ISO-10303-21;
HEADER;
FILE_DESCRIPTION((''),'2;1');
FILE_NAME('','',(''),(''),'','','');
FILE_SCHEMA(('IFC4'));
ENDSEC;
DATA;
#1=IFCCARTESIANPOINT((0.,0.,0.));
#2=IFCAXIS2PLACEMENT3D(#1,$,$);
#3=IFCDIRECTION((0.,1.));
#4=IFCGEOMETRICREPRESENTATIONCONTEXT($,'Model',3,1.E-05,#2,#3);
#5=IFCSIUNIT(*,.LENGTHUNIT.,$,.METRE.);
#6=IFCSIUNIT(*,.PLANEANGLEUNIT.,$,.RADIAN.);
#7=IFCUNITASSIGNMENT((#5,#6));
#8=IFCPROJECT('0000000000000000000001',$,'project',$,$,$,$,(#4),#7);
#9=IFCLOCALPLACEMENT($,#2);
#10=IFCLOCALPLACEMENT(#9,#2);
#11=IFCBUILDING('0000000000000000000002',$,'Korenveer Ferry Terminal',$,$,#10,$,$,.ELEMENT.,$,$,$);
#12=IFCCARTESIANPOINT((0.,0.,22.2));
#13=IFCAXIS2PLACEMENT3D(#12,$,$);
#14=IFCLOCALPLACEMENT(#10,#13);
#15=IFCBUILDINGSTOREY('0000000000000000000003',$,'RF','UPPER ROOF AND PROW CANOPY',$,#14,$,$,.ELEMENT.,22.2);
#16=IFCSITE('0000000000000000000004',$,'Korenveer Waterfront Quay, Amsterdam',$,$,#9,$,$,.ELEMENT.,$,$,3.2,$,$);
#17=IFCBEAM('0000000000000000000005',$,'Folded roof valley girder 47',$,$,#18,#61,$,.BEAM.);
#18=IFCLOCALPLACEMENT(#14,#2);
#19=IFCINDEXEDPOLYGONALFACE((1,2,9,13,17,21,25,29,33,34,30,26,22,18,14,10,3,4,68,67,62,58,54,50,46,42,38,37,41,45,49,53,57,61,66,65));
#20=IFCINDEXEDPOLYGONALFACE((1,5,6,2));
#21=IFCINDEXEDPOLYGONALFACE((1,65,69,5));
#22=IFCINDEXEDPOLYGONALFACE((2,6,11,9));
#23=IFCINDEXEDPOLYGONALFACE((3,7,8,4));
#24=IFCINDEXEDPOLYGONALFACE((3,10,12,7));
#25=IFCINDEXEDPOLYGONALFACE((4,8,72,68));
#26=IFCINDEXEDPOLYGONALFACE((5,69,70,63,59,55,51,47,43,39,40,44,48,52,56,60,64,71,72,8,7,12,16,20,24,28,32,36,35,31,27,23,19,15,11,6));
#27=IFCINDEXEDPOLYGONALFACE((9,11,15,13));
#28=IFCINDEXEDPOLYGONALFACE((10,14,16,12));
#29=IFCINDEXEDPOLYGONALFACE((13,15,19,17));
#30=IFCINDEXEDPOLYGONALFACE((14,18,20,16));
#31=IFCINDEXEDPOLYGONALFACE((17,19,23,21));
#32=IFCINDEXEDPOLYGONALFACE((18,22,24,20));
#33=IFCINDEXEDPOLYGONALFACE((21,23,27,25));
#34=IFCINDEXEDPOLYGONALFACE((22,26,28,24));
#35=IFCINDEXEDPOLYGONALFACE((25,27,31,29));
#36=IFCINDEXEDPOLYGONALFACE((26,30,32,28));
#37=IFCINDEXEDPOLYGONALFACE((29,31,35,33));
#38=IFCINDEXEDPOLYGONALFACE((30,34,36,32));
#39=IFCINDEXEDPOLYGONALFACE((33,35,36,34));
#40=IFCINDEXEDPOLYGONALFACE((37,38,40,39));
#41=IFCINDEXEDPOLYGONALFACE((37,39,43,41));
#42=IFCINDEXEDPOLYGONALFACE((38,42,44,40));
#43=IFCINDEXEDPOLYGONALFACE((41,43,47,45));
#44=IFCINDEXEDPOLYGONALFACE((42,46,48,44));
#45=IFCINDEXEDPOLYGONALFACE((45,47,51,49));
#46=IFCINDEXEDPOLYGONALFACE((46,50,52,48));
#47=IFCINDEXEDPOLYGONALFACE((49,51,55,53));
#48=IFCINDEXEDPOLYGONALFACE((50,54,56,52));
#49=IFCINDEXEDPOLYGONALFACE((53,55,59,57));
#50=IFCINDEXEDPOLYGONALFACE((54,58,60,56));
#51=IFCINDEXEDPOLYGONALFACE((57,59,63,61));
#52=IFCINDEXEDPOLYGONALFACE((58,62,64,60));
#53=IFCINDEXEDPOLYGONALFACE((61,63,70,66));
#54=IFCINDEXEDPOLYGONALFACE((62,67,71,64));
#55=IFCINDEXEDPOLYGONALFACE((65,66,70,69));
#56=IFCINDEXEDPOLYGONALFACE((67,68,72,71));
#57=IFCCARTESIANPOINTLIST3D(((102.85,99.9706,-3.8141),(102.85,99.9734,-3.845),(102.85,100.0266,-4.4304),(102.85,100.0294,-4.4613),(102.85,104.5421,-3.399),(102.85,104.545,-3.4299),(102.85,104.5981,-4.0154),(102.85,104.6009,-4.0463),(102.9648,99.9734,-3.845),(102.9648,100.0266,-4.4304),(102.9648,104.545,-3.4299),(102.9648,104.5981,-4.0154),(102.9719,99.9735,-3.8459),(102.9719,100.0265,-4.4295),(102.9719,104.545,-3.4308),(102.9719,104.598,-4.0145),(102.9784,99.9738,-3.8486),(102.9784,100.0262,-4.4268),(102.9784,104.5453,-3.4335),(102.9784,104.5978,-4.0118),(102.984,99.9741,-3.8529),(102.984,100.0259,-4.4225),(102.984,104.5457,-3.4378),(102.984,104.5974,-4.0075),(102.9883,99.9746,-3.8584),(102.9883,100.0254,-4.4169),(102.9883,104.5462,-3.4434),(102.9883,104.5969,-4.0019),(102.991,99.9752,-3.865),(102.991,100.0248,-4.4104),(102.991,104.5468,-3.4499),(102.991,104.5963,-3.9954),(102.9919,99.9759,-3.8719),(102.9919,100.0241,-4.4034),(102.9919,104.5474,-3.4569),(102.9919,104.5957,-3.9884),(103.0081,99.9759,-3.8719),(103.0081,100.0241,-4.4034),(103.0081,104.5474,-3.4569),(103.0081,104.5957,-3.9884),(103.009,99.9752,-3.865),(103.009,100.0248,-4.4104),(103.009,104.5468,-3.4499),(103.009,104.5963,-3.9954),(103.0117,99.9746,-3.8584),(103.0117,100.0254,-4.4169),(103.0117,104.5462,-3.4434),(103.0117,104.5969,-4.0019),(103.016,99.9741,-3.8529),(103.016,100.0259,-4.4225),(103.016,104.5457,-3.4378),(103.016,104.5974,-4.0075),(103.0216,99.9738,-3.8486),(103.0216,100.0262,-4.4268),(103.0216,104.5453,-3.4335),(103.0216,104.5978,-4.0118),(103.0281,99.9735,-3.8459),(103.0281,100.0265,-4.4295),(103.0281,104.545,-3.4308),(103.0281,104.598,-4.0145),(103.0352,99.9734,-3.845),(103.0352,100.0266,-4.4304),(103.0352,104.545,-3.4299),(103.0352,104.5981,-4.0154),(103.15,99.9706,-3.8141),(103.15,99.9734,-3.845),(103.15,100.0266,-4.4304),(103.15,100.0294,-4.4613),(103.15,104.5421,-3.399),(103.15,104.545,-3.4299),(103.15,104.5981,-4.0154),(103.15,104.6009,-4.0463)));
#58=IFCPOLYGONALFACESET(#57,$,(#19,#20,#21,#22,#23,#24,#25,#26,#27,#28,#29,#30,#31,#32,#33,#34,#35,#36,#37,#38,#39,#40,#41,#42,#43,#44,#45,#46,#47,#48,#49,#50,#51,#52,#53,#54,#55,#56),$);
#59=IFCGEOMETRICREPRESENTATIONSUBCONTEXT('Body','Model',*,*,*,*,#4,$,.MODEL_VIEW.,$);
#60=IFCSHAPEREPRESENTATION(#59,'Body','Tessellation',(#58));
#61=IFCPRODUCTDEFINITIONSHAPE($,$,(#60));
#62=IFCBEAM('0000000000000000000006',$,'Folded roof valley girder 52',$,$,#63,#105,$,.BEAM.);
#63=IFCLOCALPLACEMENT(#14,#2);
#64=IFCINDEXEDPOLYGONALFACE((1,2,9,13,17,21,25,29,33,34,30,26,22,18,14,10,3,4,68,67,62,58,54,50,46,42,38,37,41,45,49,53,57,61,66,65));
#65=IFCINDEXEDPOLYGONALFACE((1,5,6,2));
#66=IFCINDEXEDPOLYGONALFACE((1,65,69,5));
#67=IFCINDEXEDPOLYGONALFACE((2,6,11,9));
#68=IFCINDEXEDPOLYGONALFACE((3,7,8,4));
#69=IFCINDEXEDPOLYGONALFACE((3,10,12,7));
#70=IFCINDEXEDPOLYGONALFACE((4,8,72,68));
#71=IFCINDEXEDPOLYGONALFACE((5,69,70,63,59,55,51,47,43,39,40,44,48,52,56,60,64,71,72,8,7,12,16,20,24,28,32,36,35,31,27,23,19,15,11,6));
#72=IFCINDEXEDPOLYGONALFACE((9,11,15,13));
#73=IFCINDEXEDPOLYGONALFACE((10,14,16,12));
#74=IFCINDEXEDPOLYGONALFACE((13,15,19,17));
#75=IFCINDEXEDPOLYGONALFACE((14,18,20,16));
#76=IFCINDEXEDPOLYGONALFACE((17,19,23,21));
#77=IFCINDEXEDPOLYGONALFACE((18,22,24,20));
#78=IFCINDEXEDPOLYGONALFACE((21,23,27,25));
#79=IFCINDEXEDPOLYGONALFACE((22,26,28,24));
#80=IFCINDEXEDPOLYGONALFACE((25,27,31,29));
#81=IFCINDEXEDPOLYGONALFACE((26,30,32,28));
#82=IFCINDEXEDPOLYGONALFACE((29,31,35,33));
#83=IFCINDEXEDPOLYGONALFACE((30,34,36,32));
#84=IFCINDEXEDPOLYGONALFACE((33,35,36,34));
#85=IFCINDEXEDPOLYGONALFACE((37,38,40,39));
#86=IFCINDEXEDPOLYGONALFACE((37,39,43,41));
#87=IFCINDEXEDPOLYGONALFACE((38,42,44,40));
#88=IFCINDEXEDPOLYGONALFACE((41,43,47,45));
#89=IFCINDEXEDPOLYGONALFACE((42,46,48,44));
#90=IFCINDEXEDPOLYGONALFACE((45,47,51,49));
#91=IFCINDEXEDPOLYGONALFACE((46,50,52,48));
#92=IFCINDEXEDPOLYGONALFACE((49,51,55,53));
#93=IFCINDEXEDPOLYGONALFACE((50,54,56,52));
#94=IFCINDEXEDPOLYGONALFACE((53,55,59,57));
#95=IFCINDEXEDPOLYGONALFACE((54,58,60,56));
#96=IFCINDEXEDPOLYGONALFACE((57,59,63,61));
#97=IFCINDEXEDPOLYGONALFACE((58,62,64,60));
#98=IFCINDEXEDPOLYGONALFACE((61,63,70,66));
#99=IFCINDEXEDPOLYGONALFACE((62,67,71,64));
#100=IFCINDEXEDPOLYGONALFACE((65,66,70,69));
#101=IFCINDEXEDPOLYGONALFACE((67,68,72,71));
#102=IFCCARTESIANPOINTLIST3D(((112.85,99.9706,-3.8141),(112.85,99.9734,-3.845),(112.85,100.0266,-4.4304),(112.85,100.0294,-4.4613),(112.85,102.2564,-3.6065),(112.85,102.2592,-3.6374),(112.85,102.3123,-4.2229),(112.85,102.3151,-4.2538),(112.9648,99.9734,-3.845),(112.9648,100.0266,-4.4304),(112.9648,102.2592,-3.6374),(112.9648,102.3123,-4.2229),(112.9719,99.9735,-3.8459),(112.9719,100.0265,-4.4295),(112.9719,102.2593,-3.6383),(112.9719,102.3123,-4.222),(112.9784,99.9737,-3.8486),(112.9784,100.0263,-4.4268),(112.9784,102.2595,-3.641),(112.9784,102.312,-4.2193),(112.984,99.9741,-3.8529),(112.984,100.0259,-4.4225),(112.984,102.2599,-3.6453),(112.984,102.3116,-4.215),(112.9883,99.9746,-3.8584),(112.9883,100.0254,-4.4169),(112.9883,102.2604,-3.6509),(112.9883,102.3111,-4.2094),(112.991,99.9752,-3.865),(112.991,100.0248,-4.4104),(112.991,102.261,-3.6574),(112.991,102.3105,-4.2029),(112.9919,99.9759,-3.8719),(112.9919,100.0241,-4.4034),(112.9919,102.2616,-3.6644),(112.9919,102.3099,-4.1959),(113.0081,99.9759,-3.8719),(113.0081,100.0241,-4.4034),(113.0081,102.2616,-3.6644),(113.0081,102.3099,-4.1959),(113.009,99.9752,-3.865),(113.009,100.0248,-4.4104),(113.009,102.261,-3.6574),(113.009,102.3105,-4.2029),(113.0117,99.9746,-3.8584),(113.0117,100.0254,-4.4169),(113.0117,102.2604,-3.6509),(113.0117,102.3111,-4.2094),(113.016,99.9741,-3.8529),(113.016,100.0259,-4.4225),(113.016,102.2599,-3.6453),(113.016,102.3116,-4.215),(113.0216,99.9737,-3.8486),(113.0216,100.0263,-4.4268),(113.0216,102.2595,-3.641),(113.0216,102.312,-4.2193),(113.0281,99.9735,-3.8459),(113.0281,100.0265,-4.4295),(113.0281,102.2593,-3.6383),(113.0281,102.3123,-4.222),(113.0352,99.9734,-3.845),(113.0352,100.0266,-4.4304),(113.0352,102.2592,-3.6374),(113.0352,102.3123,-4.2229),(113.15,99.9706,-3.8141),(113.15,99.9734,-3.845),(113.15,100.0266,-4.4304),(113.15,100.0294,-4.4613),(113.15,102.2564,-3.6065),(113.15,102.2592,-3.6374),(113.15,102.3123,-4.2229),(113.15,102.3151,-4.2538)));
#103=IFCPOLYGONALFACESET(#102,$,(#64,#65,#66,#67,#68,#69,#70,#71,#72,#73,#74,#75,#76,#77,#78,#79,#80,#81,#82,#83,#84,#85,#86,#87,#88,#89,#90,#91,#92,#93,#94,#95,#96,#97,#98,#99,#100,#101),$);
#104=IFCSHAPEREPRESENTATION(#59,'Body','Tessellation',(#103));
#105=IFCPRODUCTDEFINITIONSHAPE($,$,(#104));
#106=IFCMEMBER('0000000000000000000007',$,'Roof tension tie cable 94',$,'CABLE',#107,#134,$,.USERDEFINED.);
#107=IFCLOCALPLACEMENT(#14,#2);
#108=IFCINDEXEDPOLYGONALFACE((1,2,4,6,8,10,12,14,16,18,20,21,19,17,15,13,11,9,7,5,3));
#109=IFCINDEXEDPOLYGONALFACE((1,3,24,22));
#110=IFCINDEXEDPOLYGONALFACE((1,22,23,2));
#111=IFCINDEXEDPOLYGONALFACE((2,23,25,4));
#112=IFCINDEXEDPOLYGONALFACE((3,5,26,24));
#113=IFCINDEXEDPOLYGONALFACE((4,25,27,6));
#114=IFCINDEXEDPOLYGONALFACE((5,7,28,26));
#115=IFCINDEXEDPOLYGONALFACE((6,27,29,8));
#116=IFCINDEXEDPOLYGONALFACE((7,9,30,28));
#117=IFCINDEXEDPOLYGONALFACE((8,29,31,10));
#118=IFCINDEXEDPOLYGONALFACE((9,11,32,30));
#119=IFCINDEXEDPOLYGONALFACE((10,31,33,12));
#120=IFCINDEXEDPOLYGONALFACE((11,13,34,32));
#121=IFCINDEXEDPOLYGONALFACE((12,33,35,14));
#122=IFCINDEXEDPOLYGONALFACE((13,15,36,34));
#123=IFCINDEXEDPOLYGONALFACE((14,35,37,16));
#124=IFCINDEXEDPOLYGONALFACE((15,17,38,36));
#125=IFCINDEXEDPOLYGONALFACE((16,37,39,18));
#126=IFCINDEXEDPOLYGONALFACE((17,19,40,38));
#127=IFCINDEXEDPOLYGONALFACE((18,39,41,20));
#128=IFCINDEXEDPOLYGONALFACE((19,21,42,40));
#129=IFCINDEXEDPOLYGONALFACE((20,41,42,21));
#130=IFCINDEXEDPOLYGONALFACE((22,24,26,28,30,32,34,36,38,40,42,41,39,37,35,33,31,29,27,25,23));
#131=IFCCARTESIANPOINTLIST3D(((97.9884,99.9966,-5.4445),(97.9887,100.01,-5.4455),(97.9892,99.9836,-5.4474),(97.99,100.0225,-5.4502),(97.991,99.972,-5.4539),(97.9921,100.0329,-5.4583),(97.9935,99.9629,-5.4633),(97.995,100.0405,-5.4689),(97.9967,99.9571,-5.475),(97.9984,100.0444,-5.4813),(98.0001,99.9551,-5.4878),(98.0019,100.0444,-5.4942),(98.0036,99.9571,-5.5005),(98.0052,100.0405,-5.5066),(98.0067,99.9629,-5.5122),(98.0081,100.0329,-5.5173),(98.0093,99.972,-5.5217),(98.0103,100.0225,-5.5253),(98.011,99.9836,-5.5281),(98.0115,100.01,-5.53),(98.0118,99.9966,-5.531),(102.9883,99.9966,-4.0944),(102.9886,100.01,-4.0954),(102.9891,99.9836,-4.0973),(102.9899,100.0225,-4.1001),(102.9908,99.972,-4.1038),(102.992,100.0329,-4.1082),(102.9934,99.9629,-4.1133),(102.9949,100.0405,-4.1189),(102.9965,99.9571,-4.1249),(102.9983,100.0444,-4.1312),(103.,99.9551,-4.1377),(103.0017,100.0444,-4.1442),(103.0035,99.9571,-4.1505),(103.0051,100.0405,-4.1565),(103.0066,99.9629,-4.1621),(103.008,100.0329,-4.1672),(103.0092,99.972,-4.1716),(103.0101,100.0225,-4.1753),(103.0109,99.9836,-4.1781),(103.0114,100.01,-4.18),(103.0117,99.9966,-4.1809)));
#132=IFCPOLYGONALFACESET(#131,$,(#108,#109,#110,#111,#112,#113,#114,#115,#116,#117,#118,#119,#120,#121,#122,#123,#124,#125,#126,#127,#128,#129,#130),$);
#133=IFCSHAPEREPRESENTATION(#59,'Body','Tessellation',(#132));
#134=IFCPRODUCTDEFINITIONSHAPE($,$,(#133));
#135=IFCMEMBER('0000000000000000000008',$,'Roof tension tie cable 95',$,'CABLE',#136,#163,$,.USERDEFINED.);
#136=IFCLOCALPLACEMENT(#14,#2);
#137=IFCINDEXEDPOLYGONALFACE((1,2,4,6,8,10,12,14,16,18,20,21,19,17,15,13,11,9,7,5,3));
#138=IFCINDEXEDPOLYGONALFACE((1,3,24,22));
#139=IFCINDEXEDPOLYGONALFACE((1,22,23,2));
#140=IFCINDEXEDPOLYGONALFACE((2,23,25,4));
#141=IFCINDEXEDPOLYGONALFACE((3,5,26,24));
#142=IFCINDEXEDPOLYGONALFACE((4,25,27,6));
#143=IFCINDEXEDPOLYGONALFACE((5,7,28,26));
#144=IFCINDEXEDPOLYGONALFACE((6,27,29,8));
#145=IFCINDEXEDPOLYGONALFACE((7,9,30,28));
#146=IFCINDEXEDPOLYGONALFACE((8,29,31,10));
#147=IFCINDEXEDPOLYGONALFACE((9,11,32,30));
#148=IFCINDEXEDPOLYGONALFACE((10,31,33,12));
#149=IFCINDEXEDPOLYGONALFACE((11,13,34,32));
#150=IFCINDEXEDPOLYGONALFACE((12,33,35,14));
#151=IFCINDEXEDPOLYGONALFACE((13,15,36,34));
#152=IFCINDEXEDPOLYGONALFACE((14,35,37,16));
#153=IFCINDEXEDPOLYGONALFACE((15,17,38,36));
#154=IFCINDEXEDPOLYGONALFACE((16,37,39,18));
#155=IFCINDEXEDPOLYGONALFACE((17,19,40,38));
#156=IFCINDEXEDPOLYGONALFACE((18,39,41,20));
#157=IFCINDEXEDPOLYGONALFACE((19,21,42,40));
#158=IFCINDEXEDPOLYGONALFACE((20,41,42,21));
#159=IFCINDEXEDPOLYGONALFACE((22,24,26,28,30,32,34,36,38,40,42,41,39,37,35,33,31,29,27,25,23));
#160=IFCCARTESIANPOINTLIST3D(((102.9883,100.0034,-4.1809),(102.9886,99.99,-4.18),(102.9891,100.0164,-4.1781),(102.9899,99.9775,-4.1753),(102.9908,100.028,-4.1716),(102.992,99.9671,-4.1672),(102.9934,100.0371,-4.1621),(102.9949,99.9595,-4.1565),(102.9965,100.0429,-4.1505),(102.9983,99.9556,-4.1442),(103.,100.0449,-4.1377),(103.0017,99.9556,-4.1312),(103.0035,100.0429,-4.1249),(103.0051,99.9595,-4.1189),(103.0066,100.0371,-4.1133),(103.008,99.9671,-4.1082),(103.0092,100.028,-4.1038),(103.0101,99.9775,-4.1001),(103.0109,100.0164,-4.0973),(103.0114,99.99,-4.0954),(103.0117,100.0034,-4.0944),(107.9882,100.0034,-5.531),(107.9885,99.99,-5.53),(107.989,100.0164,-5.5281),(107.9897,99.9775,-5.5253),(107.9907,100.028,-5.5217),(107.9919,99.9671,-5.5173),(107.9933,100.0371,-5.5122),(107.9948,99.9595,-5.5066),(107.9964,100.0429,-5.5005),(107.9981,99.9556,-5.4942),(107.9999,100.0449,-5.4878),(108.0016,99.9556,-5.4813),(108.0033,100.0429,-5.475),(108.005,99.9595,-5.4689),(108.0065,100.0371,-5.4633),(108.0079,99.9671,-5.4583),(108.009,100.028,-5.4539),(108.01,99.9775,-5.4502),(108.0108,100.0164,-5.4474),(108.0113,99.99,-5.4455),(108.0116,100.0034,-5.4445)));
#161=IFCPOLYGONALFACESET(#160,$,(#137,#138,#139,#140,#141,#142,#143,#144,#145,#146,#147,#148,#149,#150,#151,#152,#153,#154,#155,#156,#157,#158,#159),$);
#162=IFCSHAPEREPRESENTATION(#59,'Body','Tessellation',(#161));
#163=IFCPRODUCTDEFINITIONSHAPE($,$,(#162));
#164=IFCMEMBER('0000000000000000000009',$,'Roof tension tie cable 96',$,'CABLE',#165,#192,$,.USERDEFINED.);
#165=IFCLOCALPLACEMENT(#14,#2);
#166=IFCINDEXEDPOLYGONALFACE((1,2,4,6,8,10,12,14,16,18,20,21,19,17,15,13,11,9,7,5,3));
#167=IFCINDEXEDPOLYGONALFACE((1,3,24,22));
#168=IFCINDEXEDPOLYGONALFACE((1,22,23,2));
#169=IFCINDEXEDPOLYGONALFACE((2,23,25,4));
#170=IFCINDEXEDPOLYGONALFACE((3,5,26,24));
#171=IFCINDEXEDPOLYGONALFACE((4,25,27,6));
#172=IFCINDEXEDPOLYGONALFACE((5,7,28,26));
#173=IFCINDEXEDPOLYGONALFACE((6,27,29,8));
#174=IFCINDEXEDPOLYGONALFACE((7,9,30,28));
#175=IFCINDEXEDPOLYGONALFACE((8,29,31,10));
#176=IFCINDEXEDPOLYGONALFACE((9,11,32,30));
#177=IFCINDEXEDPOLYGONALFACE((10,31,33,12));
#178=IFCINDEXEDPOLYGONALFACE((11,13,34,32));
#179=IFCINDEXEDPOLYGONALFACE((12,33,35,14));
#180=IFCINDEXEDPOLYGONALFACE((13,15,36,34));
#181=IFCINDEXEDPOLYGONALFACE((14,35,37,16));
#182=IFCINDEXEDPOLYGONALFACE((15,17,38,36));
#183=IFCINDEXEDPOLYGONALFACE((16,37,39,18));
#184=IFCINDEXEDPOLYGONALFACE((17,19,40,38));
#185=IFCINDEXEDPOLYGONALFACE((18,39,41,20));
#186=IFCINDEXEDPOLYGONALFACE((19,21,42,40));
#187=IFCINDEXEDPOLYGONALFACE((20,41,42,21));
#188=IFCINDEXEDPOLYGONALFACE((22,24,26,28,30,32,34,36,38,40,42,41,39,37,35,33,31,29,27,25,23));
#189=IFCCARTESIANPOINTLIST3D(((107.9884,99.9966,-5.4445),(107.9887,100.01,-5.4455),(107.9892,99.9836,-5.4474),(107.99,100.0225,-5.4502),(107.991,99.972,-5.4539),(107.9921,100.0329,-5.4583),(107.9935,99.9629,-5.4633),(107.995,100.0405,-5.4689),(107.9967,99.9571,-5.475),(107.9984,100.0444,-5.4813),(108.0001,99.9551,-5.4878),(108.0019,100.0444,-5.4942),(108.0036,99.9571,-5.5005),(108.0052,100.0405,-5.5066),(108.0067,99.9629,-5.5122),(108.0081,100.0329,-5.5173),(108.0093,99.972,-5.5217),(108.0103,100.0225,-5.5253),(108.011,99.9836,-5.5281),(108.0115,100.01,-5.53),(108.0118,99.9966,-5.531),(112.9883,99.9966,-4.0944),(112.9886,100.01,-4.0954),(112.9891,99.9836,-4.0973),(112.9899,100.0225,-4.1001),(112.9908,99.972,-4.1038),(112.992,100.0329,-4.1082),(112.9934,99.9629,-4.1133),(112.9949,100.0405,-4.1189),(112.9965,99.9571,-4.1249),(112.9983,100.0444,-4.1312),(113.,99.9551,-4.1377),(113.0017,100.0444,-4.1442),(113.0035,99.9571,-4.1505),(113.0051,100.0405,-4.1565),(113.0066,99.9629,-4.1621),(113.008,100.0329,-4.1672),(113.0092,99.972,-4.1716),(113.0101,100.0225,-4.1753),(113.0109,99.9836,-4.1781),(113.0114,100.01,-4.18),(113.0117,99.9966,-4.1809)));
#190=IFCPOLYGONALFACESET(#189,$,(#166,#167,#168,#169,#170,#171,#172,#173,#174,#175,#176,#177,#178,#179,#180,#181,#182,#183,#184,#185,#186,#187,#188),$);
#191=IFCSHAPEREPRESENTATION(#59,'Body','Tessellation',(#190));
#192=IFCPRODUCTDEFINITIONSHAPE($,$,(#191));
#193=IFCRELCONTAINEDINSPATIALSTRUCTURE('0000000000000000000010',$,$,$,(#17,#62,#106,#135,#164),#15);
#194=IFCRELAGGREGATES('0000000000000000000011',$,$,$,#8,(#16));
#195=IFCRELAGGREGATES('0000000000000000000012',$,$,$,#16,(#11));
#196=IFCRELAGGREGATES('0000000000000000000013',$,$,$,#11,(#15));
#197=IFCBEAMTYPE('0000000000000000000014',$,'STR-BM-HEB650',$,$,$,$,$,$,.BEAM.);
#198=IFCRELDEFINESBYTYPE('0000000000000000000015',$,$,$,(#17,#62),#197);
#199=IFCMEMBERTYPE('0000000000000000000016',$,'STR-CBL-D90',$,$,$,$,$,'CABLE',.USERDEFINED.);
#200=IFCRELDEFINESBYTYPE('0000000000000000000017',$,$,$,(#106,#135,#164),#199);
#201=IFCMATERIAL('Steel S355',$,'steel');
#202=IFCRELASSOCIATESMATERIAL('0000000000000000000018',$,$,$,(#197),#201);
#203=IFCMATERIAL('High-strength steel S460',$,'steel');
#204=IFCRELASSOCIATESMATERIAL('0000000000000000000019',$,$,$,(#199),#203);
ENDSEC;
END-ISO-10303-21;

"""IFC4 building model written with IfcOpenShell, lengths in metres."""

from ifc_helpers import new_model, si_unit, direction, frame, origin, origin_2d, place, context, subcontext, project, spatial, circle, i_section, extrude, material, material_profile, profile_set, type_object, element, save


model = new_model("IFC4")

# Units and contexts
model_context = context("Model", 3, precision=1e-05, world=origin(), true_north=direction((0.0, 1.0)))
body_context = subcontext(model_context, "Body", "Model", "MODEL_VIEW")
ifc_project = project(units=[si_unit("LENGTHUNIT", "METRE"), si_unit("PLANEANGLEUNIT", "RADIAN")], contexts=[model_context])

# Site, building, storey
site_placement = place(None, origin())
site = spatial("IfcSite", under=ifc_project, at=site_placement, Name="Korenveer Waterfront Quay, Amsterdam", CompositionType="ELEMENT", RefElevation=3.2)
building_placement = place(site_placement, origin())
building = spatial("IfcBuilding", under=site, at=building_placement, Name="Korenveer Ferry Terminal", CompositionType="ELEMENT")
storey_placement = place(building_placement, frame((0.0, 0.0, 22.2)))
storey = spatial("IfcBuildingStorey", under=building, at=storey_placement, Name="RF", Description="UPPER ROOF AND PROW CANOPY", CompositionType="ELEMENT", Elevation=22.2)

# Beams
ifc_material_1 = material(Name="Steel S355", Category="steel")
ifc_material_profile_1 = material_profile(ifc_material_1, i_section(OverallWidth=0.3, OverallDepth=0.6499, WebThickness=0.0161, FlangeThickness=0.031, FilletRadius=0.0271, at=origin_2d()), Name="HEB 650")
ifc_profile_set_1 = profile_set([ifc_material_profile_1], Name="Steel S355")
beam_type_1 = type_object("IfcBeamType", Name="STR-BM-HEB650", PredefinedType="BEAM", material=ifc_profile_set_1)
beam_1_placement = place(storey_placement, frame((103.0, 100.0, -4.1377), z_axis=(0.0, 0.995904, 0.090416), x_axis=(-1.0, 0.0, 0.0)))
element("IfcBeam", 1, at=beam_1_placement, inside=storey, type_object=beam_type_1, Name="Folded roof valley girder 47", PredefinedType="BEAM", context=body_context, shape_type="SweptSolid", body=[
    extrude(i_section(OverallWidth=0.3, OverallDepth=0.6499, WebThickness=0.0161, FlangeThickness=0.031, FilletRadius=0.0271, at=origin_2d()), origin(), (0.0, 0.0, 1.0), 4.5903),
])
beam_2_placement = place(storey_placement, frame((113.0, 100.0, -4.1377), z_axis=(0.0, 0.995904, 0.090421), x_axis=(-1.0, 0.0, 0.0)))
element("IfcBeam", 2, at=beam_2_placement, inside=storey, type_object=beam_type_1, Name="Folded roof valley girder 52", PredefinedType="BEAM", context=body_context, shape_type="SweptSolid", body=[
    extrude(i_section(OverallWidth=0.3, OverallDepth=0.6499, WebThickness=0.0161, FlangeThickness=0.031, FilletRadius=0.0271, at=origin_2d()), origin(), (0.0, 0.0, 1.0), 2.2952),
])

# Members
ifc_material_2 = material(Name="High-strength steel S460", Category="steel")
ifc_material_profile_2 = material_profile(ifc_material_2, circle(Radius=0.0449, at=origin_2d()), Name="ROD D90")
ifc_profile_set_2 = profile_set([ifc_material_profile_2], Name="High-strength steel S460")
member_type_1 = type_object("IfcMemberType", Name="STR-CBL-D90", ElementType="CABLE", PredefinedType="USERDEFINED", material=ifc_profile_set_2)
for number, where, z_axis, x_axis, name in (
    (3, (103.0, 100.0, -4.1377), (-0.965424, 0.0, -0.260683), (0.0, -1.0, 0.0), "Roof tension tie cable 94"),
    (4, (103.0, 100.0, -4.1377), (0.965424, 0.0, -0.260683), (0.0, 1.0, 0.0), "Roof tension tie cable 95"),
    (5, (113.0, 100.0, -4.1377), (-0.965424, 0.0, -0.260683), (0.0, -1.0, 0.0), "Roof tension tie cable 96"),
):
    element("IfcMember", number, at=place(storey_placement, frame(where, z_axis=z_axis, x_axis=x_axis)), inside=storey, type_object=member_type_1, Name=name, ObjectType="CABLE", PredefinedType="USERDEFINED", context=body_context, shape_type="SweptSolid", body=[
        extrude(circle(Radius=0.0449, at=origin_2d()), origin(), (0.0, 0.0, 1.0), 5.179),
    ])

save(model, "model.ifc")
